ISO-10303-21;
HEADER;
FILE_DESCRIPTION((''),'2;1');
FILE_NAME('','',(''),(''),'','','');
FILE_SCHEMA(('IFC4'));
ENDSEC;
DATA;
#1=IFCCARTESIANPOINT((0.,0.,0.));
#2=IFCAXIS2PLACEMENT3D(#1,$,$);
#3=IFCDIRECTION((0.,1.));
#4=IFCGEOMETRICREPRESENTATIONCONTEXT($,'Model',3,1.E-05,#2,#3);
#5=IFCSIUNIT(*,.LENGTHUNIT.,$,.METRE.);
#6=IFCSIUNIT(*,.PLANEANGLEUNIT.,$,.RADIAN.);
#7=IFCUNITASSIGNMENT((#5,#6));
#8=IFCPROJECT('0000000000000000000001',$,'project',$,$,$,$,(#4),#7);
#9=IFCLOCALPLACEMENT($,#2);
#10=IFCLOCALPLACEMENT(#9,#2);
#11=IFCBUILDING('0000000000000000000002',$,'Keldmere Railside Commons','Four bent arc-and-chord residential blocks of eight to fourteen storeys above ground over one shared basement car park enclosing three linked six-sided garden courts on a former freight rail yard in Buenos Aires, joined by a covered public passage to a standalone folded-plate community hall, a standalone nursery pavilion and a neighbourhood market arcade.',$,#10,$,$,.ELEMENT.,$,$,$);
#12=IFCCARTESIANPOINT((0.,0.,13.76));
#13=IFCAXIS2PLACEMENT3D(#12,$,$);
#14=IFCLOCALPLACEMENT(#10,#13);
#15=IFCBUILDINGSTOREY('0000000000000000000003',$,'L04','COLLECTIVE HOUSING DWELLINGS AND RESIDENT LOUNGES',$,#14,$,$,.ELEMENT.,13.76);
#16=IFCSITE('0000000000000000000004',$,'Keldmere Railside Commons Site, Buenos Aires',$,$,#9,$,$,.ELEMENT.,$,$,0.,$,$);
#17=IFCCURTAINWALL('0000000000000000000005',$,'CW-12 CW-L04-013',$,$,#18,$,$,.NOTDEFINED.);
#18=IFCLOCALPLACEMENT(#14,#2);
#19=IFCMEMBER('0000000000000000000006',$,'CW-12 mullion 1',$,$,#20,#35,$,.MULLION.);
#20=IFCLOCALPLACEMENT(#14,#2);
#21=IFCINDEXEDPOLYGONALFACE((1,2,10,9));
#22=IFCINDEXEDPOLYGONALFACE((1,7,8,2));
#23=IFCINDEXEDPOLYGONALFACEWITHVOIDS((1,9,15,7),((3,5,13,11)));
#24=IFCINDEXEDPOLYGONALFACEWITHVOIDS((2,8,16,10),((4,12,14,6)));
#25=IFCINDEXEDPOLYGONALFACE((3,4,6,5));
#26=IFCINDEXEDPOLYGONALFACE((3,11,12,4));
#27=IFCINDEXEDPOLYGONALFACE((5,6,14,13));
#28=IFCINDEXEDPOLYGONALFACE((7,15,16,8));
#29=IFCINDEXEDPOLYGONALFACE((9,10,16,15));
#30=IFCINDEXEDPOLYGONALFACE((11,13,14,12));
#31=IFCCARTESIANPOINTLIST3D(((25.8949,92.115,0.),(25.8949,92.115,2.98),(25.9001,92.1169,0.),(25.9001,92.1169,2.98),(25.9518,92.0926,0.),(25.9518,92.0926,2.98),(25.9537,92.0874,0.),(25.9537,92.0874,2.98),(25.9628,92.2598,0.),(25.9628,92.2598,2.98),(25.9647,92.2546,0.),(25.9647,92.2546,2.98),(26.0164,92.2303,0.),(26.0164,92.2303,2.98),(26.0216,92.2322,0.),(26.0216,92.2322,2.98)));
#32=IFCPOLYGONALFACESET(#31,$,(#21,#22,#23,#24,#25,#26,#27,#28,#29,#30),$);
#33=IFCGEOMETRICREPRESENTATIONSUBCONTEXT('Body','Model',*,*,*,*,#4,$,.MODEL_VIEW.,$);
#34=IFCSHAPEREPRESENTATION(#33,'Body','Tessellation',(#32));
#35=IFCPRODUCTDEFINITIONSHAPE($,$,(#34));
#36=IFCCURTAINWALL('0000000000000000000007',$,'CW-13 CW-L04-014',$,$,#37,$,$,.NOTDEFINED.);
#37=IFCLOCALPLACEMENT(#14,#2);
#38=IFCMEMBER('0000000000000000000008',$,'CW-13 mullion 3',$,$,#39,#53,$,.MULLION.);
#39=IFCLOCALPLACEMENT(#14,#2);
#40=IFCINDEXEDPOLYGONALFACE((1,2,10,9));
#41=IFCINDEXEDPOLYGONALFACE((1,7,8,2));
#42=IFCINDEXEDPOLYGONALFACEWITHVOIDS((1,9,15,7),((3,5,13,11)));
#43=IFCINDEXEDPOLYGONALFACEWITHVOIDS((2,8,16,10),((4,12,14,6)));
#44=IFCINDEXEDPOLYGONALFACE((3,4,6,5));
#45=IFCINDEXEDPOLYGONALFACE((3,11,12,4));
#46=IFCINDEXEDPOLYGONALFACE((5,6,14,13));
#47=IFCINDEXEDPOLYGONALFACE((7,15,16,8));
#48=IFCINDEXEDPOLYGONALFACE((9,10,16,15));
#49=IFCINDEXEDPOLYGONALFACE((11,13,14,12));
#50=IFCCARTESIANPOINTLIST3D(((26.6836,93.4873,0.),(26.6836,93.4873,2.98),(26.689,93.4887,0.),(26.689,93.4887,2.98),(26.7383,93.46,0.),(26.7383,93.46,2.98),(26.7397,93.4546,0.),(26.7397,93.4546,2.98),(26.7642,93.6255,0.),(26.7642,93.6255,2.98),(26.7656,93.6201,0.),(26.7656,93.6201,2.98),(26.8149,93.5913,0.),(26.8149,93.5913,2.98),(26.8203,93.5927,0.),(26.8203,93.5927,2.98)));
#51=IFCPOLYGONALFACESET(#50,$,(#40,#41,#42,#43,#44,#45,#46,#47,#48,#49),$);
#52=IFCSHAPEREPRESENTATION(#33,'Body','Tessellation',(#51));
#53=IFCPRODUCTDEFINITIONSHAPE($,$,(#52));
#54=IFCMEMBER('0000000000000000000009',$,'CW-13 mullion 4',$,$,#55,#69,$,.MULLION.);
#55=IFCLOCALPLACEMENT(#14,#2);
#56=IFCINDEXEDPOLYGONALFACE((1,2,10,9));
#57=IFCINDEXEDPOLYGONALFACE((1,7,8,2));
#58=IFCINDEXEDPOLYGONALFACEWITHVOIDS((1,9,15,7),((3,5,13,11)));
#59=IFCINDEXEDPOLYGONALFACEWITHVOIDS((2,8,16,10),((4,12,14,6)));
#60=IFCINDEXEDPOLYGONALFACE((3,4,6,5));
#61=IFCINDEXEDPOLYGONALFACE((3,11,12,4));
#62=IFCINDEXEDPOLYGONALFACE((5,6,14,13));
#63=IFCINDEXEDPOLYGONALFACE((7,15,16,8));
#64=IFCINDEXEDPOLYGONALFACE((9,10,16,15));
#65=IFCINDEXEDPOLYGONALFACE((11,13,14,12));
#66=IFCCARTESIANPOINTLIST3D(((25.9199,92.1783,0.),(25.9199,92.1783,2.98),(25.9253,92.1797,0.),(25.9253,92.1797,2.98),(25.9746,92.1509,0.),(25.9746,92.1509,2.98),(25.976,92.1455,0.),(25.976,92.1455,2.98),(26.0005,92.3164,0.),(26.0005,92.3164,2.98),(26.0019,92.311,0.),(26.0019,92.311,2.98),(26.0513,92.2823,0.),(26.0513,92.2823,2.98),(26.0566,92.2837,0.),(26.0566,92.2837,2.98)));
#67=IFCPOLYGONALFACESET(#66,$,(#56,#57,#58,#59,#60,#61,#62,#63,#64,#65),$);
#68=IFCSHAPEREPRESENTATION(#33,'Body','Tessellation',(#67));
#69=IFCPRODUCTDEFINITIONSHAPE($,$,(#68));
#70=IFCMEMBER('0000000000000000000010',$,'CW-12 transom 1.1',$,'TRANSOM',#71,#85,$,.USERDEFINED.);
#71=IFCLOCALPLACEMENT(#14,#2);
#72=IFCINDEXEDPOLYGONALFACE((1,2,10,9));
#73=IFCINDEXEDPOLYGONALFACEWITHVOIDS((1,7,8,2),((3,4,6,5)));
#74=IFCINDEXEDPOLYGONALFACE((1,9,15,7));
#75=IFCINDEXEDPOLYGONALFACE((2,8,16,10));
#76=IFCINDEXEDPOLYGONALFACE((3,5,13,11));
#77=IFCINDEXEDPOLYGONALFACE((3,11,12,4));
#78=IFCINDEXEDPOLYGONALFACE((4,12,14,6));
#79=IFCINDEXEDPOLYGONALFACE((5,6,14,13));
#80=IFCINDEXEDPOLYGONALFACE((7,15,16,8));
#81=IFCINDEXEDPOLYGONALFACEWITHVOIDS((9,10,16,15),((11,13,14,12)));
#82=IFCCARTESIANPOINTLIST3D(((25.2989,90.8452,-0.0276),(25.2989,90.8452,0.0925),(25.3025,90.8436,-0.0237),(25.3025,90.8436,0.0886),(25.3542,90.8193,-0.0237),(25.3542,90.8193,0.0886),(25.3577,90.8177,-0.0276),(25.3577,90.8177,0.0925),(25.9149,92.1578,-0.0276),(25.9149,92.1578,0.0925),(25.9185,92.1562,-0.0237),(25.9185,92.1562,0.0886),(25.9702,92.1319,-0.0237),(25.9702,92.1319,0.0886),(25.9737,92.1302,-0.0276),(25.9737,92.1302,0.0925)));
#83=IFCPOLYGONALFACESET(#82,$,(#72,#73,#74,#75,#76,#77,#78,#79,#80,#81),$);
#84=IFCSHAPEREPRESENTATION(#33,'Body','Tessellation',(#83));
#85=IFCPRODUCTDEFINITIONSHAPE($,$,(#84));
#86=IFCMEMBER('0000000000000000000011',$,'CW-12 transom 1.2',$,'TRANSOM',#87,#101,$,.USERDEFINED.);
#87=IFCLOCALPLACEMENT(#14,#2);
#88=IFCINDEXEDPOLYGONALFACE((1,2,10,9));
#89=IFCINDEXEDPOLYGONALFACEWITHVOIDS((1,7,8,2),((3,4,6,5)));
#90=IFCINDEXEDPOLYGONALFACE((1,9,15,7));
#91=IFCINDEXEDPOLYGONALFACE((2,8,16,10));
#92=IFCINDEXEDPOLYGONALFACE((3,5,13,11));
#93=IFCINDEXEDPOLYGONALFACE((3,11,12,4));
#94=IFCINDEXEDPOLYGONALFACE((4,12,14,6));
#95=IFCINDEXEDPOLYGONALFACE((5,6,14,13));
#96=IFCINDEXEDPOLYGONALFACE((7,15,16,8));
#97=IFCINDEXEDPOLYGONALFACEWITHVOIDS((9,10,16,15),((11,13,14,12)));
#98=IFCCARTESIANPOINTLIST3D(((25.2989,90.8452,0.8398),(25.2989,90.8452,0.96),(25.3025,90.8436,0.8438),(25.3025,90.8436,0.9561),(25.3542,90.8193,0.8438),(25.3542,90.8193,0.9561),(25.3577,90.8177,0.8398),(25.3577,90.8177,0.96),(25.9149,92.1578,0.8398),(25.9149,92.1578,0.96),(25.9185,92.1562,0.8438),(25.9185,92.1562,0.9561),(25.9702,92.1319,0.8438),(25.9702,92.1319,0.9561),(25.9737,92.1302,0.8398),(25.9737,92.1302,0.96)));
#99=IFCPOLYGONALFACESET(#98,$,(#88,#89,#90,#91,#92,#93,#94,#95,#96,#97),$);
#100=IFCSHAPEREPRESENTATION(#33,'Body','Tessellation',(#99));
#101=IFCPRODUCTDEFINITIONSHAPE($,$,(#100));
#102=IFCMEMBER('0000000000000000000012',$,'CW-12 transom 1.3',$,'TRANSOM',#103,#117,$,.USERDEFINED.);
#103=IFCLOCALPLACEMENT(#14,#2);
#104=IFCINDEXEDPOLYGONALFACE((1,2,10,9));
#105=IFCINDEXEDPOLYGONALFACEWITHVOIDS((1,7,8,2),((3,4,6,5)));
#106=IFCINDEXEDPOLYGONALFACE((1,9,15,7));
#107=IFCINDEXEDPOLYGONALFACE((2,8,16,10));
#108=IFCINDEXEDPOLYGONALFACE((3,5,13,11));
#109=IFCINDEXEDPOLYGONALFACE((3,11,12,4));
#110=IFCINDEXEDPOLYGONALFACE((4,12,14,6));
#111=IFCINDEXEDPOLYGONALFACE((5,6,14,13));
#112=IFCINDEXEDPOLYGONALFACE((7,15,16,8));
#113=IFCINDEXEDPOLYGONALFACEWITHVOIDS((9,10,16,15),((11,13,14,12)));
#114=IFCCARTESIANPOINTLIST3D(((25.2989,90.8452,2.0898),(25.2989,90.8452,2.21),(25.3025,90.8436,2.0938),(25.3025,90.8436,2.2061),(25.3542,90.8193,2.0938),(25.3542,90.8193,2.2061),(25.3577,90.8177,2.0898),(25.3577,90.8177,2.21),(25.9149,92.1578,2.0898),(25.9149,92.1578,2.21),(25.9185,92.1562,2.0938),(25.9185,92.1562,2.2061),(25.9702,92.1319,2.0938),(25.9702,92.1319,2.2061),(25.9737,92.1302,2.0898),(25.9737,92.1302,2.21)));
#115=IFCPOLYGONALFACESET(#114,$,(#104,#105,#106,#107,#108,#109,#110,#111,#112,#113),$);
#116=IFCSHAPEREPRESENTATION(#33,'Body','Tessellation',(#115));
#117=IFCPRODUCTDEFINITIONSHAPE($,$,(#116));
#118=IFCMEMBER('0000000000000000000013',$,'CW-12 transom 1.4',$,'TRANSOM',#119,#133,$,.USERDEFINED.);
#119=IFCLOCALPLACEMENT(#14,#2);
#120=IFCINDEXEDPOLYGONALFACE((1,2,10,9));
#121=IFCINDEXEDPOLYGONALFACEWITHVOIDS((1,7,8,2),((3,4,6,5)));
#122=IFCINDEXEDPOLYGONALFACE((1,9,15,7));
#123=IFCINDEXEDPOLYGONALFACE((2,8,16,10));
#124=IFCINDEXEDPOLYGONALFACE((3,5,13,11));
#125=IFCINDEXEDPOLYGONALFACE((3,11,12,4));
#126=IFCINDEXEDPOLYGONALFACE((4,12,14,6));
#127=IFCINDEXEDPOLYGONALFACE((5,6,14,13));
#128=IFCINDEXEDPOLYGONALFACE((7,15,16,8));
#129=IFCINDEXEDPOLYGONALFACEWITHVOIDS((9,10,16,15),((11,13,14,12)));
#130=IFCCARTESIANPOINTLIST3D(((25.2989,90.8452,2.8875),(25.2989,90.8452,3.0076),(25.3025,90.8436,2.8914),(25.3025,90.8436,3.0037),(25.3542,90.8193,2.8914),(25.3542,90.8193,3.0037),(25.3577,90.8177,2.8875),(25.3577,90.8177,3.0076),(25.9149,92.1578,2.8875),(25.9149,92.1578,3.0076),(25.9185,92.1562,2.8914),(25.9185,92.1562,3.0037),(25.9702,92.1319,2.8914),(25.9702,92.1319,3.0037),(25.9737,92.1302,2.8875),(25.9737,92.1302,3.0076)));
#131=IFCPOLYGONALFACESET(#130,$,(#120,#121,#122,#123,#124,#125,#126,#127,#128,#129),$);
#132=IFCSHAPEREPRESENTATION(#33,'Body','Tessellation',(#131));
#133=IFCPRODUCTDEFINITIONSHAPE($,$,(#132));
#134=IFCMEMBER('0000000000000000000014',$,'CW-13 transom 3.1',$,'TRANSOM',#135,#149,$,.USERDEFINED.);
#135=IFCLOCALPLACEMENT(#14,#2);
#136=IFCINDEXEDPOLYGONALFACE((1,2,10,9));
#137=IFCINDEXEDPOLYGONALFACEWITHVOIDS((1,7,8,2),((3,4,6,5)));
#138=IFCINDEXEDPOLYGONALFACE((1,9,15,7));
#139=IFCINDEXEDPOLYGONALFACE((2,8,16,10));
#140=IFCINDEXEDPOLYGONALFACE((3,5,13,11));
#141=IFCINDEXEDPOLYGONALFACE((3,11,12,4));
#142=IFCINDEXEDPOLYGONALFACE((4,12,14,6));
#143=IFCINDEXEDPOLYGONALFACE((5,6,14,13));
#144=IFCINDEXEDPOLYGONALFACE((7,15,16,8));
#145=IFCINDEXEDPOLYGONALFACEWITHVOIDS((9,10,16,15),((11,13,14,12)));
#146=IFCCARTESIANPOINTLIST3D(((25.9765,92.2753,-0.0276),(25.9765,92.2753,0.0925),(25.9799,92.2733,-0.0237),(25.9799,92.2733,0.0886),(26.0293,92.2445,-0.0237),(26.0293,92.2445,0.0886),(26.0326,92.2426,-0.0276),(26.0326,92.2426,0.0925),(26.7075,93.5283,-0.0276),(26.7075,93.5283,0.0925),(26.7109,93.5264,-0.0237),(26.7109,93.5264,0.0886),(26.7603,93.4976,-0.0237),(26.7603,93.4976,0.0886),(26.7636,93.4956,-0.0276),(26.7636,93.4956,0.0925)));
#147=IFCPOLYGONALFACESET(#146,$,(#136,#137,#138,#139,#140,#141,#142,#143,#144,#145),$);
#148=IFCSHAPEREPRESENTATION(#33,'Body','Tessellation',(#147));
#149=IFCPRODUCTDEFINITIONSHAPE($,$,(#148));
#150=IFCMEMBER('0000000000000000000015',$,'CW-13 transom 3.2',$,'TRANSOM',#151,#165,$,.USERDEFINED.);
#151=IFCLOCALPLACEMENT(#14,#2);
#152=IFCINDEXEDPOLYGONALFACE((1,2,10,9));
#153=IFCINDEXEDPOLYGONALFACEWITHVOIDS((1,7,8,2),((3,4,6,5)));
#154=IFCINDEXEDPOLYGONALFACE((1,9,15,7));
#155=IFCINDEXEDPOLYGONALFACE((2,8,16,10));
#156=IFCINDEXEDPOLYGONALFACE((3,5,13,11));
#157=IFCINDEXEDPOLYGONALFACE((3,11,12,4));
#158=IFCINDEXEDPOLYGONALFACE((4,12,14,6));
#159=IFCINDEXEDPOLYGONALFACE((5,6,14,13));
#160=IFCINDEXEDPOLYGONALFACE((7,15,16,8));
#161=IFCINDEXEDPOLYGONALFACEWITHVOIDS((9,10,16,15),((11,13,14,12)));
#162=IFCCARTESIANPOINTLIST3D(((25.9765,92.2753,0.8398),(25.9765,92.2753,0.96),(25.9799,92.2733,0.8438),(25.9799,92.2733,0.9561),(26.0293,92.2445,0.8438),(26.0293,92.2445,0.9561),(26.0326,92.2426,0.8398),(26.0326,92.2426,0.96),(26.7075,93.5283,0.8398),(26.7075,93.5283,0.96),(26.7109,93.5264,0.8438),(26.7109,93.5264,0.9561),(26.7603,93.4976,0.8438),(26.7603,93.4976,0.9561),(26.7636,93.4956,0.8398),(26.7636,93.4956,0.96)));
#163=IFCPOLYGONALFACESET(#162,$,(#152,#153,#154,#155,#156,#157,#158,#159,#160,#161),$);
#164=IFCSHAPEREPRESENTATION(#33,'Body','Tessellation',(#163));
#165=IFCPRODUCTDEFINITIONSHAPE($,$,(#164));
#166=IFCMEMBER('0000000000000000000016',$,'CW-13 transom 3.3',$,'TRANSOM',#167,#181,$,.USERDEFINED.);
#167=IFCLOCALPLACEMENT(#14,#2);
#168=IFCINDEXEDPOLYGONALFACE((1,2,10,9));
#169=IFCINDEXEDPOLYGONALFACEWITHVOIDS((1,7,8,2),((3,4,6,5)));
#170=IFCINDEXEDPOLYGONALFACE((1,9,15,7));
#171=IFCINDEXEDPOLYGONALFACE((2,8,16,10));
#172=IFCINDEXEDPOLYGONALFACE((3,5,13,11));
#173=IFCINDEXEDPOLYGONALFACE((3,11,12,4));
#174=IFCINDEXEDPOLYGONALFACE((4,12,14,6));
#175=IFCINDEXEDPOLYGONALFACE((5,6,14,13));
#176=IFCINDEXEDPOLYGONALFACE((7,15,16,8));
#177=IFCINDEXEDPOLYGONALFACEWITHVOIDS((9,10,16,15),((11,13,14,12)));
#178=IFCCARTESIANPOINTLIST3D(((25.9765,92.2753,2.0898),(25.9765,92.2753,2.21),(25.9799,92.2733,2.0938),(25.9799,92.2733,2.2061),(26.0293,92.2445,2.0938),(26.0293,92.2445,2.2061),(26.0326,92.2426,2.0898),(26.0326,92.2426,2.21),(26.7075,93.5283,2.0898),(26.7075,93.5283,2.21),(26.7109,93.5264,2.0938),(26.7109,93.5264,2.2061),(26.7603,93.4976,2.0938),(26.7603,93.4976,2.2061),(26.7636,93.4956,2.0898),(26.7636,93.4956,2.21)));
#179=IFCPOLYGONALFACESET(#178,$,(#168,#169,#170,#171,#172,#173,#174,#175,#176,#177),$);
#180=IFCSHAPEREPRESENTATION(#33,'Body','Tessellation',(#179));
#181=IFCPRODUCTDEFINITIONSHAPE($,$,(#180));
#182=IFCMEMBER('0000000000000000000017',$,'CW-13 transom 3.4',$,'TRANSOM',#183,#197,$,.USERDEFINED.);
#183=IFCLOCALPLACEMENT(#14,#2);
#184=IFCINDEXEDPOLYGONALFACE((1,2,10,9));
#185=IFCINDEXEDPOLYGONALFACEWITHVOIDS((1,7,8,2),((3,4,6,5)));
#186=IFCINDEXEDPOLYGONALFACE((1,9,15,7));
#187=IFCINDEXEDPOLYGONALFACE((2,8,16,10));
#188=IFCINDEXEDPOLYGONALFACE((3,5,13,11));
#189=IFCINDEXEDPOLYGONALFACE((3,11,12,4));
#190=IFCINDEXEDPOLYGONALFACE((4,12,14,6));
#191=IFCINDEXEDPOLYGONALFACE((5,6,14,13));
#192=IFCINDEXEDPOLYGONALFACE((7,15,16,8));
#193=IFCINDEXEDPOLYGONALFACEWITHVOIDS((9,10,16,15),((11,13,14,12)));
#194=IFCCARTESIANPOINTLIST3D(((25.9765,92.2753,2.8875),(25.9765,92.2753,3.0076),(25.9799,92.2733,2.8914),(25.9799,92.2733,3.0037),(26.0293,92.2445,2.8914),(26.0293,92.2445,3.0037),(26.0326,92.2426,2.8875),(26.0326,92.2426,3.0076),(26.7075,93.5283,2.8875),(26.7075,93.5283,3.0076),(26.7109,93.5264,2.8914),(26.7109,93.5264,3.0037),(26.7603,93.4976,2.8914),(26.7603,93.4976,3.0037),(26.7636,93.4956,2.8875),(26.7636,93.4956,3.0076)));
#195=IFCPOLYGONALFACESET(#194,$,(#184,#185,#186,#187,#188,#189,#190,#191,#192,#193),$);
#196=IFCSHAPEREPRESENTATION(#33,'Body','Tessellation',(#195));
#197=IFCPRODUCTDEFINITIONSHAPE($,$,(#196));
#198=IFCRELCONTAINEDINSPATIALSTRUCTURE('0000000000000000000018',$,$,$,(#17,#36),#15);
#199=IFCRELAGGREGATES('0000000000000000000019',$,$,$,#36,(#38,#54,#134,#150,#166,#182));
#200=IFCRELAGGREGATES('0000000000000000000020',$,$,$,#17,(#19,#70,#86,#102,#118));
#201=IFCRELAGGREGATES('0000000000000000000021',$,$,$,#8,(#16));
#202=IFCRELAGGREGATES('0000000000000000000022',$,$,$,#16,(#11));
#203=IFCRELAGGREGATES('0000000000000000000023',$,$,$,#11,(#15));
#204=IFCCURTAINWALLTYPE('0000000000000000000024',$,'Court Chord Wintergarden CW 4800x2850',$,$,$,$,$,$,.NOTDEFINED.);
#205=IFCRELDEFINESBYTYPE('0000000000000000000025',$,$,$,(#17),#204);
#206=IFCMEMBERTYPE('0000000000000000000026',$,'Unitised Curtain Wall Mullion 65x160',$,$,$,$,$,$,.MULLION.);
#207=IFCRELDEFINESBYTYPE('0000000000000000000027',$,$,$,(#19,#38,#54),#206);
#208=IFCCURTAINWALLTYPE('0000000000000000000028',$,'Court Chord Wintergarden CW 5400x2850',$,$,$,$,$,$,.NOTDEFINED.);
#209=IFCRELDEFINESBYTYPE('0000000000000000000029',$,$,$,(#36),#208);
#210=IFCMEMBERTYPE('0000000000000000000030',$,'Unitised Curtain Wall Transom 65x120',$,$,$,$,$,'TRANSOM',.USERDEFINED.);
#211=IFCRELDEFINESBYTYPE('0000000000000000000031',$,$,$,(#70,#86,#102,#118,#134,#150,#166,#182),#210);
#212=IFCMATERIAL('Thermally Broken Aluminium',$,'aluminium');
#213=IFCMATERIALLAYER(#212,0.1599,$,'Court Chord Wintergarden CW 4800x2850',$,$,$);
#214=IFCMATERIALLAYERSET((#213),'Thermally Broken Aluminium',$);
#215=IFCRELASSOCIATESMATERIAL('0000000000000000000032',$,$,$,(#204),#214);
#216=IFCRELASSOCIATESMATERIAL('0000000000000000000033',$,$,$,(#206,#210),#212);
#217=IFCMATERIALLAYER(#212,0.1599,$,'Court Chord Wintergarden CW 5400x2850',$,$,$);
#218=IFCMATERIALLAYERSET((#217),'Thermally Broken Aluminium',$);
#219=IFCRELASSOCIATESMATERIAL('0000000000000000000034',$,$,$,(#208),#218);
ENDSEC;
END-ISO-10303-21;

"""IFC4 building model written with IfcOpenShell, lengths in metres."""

from ifc_helpers import new_model, si_unit, direction, frame, origin, origin_2d, place, context, subcontext, project, spatial, hollow_rectangle, extrude, material, layer, layer_set, material_profile, profile_set, type_object, element, aggregate, save


model = new_model("IFC4")

# Units and contexts
model_context = context("Model", 3, precision=1e-05, world=origin(), true_north=direction((0.0, 1.0)))
body_context = subcontext(model_context, "Body", "Model", "MODEL_VIEW")
ifc_project = project(units=[si_unit("LENGTHUNIT", "METRE"), si_unit("PLANEANGLEUNIT", "RADIAN")], contexts=[model_context])

# Site, building, storey
site_placement = place(None, origin())
site = spatial("IfcSite", under=ifc_project, at=site_placement, Name="Keldmere Railside Commons Site, Buenos Aires", CompositionType="ELEMENT", RefElevation=0.0)
building_placement = place(site_placement, origin())
building = spatial("IfcBuilding", under=site, at=building_placement, Name="Keldmere Railside Commons", Description="Four bent arc-and-chord residential blocks of eight to fourteen storeys above ground over one shared basement car park enclosing three linked six-sided garden courts on a former freight rail yard in Buenos Aires, joined by a covered public passage to a standalone folded-plate community hall, a standalone nursery pavilion and a neighbourhood market arcade.", CompositionType="ELEMENT")
storey_placement = place(building_placement, frame((0.0, 0.0, 13.76)))
storey = spatial("IfcBuildingStorey", under=building, at=storey_placement, Name="L04", Description="COLLECTIVE HOUSING DWELLINGS AND RESIDENT LOUNGES", CompositionType="ELEMENT", Elevation=13.76)

# Curtain wall, member
ifc_material_1 = material(Name="Thermally Broken Aluminium", Category="aluminium")
ifc_layer_1 = layer(ifc_material_1, 0.1599, Name="Court Chord Wintergarden CW 4800x2850")
ifc_layer_set_1 = layer_set([ifc_layer_1], Name="Thermally Broken Aluminium")
curtain_wall_type_1 = type_object("IfcCurtainWallType", Name="Court Chord Wintergarden CW 4800x2850", PredefinedType="NOTDEFINED", material=ifc_layer_set_1)
curtain_wall_1_placement = place(storey_placement, origin())
curtain_wall_1 = element("IfcCurtainWall", 1, at=curtain_wall_1_placement, inside=storey, type_object=curtain_wall_type_1, Name="CW-12 CW-L04-013", PredefinedType="NOTDEFINED")
ifc_material_profile_1 = material_profile(ifc_material_1, hollow_rectangle(XDim=0.0649, YDim=0.1599, WallThickness=0.0039, at=origin_2d()), Name="ALU-MULL-65x160")
ifc_profile_set_1 = profile_set([ifc_material_profile_1], Name="Thermally Broken Aluminium")
member_type_1 = type_object("IfcMemberType", Name="Unitised Curtain Wall Mullion 65x160", PredefinedType="MULLION", material=ifc_profile_set_1)
member_1_placement = place(storey_placement, frame((25.9583, 92.1736, 0.0), z_axis=(0.0, 0.0, 1.0), x_axis=(0.905306, -0.424759, 0.0)))
member_1 = element("IfcMember", 2, at=member_1_placement, type_object=member_type_1, Name="CW-12 mullion 1", PredefinedType="MULLION", context=body_context, shape_type="SweptSolid", body=[
    extrude(hollow_rectangle(XDim=0.0649, YDim=0.1599, WallThickness=0.0039, at=origin_2d()), origin(), (0.0, 0.0, 1.0), 2.98),
])

# Curtain wall, members
ifc_layer_2 = layer(ifc_material_1, 0.1599, Name="Court Chord Wintergarden CW 5400x2850")
ifc_layer_set_2 = layer_set([ifc_layer_2], Name="Thermally Broken Aluminium")
curtain_wall_type_2 = type_object("IfcCurtainWallType", Name="Court Chord Wintergarden CW 5400x2850", PredefinedType="NOTDEFINED", material=ifc_layer_set_2)
curtain_wall_2_placement = place(storey_placement, origin())
curtain_wall_2 = element("IfcCurtainWall", 3, at=curtain_wall_2_placement, inside=storey, type_object=curtain_wall_type_2, Name="CW-13 CW-L04-014", PredefinedType="NOTDEFINED")
member_2_placement = place(storey_placement, frame((26.752, 93.54, 0.0), z_axis=(0.0, 0.0, 1.0), x_axis=(0.863755, -0.503911, 0.0)))
member_2 = element("IfcMember", 4, at=member_2_placement, type_object=member_type_1, Name="CW-13 mullion 3", PredefinedType="MULLION", context=body_context, shape_type="SweptSolid", body=[
    extrude(hollow_rectangle(XDim=0.0649, YDim=0.1599, WallThickness=0.0039, at=origin_2d()), origin(), (0.0, 0.0, 1.0), 2.98),
])
member_3_placement = place(storey_placement, frame((25.9883, 92.231, 0.0), z_axis=(0.0, 0.0, 1.0), x_axis=(0.863755, -0.503911, 0.0)))
member_3 = element("IfcMember", 5, at=member_3_placement, type_object=member_type_1, Name="CW-13 mullion 4", PredefinedType="MULLION", context=body_context, shape_type="SweptSolid", body=[
    extrude(hollow_rectangle(XDim=0.0649, YDim=0.1599, WallThickness=0.0039, at=origin_2d()), origin(), (0.0, 0.0, 1.0), 2.98),
])

# Members
ifc_material_profile_2 = material_profile(ifc_material_1, hollow_rectangle(XDim=0.0649, YDim=0.1201, WallThickness=0.0039, at=origin_2d()), Name="ALU-TRAN-65x120")
ifc_profile_set_2 = profile_set([ifc_material_profile_2], Name="Thermally Broken Aluminium")
member_type_2 = type_object("IfcMemberType", Name="Unitised Curtain Wall Transom 65x120", ElementType="TRANSOM", PredefinedType="USERDEFINED", material=ifc_profile_set_2)
member_4_placement = place(storey_placement, frame((25.9443, 92.144, 0.0325), z_axis=(-0.424848, -0.905265, 0.0), x_axis=(0.905265, -0.424848, 0.0)))
member_4 = element("IfcMember", 6, at=member_4_placement, type_object=member_type_2, Name="CW-12 transom 1.1", ObjectType="TRANSOM", PredefinedType="USERDEFINED", context=body_context, shape_type="SweptSolid", body=[
    extrude(hollow_rectangle(XDim=0.0649, YDim=0.1201, WallThickness=0.0039, at=origin_2d()), origin(), (0.0, 0.0, 1.0), 1.45),
])
member_5_placement = place(storey_placement, frame((25.9443, 92.144, 0.8999), z_axis=(-0.424848, -0.905265, 0.0), x_axis=(0.905265, -0.424848, 0.0)))
member_5 = element("IfcMember", 7, at=member_5_placement, type_object=member_type_2, Name="CW-12 transom 1.2", ObjectType="TRANSOM", PredefinedType="USERDEFINED", context=body_context, shape_type="SweptSolid", body=[
    extrude(hollow_rectangle(XDim=0.0649, YDim=0.1201, WallThickness=0.0039, at=origin_2d()), origin(), (0.0, 0.0, 1.0), 1.45),
])
member_6_placement = place(storey_placement, frame((25.9443, 92.144, 2.1499), z_axis=(-0.424848, -0.905265, 0.0), x_axis=(0.905265, -0.424848, 0.0)))
member_6 = element("IfcMember", 8, at=member_6_placement, type_object=member_type_2, Name="CW-12 transom 1.3", ObjectType="TRANSOM", PredefinedType="USERDEFINED", context=body_context, shape_type="SweptSolid", body=[
    extrude(hollow_rectangle(XDim=0.0649, YDim=0.1201, WallThickness=0.0039, at=origin_2d()), origin(), (0.0, 0.0, 1.0), 1.45),
])
member_7_placement = place(storey_placement, frame((25.9443, 92.144, 2.9475), z_axis=(-0.424848, -0.905265, 0.0), x_axis=(0.905265, -0.424848, 0.0)))
member_7 = element("IfcMember", 9, at=member_7_placement, type_object=member_type_2, Name="CW-12 transom 1.4", ObjectType="TRANSOM", PredefinedType="USERDEFINED", context=body_context, shape_type="SweptSolid", body=[
    extrude(hollow_rectangle(XDim=0.0649, YDim=0.1201, WallThickness=0.0039, at=origin_2d()), origin(), (0.0, 0.0, 1.0), 1.45),
])
member_8_placement = place(storey_placement, frame((26.7356, 93.512, 0.0325), z_axis=(-0.503913, -0.863754, 0.0), x_axis=(0.863754, -0.503913, 0.0)))
member_8 = element("IfcMember", 10, at=member_8_placement, type_object=member_type_2, Name="CW-13 transom 3.1", ObjectType="TRANSOM", PredefinedType="USERDEFINED", context=body_context, shape_type="SweptSolid", body=[
    extrude(hollow_rectangle(XDim=0.0649, YDim=0.1201, WallThickness=0.0039, at=origin_2d()), origin(), (0.0, 0.0, 1.0), 1.4507),
])
member_9_placement = place(storey_placement, frame((26.7356, 93.512, 0.8999), z_axis=(-0.503913, -0.863754, 0.0), x_axis=(0.863754, -0.503913, 0.0)))
member_9 = element("IfcMember", 11, at=member_9_placement, type_object=member_type_2, Name="CW-13 transom 3.2", ObjectType="TRANSOM", PredefinedType="USERDEFINED", context=body_context, shape_type="SweptSolid", body=[
    extrude(hollow_rectangle(XDim=0.0649, YDim=0.1201, WallThickness=0.0039, at=origin_2d()), origin(), (0.0, 0.0, 1.0), 1.4507),
])
member_10_placement = place(storey_placement, frame((26.7356, 93.512, 2.1499), z_axis=(-0.503913, -0.863754, 0.0), x_axis=(0.863754, -0.503913, 0.0)))
member_10 = element("IfcMember", 12, at=member_10_placement, type_object=member_type_2, Name="CW-13 transom 3.3", ObjectType="TRANSOM", PredefinedType="USERDEFINED", context=body_context, shape_type="SweptSolid", body=[
    extrude(hollow_rectangle(XDim=0.0649, YDim=0.1201, WallThickness=0.0039, at=origin_2d()), origin(), (0.0, 0.0, 1.0), 1.4507),
])
member_11_placement = place(storey_placement, frame((26.7356, 93.512, 2.9475), z_axis=(-0.503913, -0.863754, 0.0), x_axis=(0.863754, -0.503913, 0.0)))
member_11 = element("IfcMember", 13, at=member_11_placement, type_object=member_type_2, Name="CW-13 transom 3.4", ObjectType="TRANSOM", PredefinedType="USERDEFINED", context=body_context, shape_type="SweptSolid", body=[
    extrude(hollow_rectangle(XDim=0.0649, YDim=0.1201, WallThickness=0.0039, at=origin_2d()), origin(), (0.0, 0.0, 1.0), 1.4507),
])

aggregate(curtain_wall_2, [member_2, member_3, member_8, member_9, member_10, member_11])
aggregate(curtain_wall_1, [member_1, member_4, member_5, member_6, member_7])

save(model, "model.ifc")
